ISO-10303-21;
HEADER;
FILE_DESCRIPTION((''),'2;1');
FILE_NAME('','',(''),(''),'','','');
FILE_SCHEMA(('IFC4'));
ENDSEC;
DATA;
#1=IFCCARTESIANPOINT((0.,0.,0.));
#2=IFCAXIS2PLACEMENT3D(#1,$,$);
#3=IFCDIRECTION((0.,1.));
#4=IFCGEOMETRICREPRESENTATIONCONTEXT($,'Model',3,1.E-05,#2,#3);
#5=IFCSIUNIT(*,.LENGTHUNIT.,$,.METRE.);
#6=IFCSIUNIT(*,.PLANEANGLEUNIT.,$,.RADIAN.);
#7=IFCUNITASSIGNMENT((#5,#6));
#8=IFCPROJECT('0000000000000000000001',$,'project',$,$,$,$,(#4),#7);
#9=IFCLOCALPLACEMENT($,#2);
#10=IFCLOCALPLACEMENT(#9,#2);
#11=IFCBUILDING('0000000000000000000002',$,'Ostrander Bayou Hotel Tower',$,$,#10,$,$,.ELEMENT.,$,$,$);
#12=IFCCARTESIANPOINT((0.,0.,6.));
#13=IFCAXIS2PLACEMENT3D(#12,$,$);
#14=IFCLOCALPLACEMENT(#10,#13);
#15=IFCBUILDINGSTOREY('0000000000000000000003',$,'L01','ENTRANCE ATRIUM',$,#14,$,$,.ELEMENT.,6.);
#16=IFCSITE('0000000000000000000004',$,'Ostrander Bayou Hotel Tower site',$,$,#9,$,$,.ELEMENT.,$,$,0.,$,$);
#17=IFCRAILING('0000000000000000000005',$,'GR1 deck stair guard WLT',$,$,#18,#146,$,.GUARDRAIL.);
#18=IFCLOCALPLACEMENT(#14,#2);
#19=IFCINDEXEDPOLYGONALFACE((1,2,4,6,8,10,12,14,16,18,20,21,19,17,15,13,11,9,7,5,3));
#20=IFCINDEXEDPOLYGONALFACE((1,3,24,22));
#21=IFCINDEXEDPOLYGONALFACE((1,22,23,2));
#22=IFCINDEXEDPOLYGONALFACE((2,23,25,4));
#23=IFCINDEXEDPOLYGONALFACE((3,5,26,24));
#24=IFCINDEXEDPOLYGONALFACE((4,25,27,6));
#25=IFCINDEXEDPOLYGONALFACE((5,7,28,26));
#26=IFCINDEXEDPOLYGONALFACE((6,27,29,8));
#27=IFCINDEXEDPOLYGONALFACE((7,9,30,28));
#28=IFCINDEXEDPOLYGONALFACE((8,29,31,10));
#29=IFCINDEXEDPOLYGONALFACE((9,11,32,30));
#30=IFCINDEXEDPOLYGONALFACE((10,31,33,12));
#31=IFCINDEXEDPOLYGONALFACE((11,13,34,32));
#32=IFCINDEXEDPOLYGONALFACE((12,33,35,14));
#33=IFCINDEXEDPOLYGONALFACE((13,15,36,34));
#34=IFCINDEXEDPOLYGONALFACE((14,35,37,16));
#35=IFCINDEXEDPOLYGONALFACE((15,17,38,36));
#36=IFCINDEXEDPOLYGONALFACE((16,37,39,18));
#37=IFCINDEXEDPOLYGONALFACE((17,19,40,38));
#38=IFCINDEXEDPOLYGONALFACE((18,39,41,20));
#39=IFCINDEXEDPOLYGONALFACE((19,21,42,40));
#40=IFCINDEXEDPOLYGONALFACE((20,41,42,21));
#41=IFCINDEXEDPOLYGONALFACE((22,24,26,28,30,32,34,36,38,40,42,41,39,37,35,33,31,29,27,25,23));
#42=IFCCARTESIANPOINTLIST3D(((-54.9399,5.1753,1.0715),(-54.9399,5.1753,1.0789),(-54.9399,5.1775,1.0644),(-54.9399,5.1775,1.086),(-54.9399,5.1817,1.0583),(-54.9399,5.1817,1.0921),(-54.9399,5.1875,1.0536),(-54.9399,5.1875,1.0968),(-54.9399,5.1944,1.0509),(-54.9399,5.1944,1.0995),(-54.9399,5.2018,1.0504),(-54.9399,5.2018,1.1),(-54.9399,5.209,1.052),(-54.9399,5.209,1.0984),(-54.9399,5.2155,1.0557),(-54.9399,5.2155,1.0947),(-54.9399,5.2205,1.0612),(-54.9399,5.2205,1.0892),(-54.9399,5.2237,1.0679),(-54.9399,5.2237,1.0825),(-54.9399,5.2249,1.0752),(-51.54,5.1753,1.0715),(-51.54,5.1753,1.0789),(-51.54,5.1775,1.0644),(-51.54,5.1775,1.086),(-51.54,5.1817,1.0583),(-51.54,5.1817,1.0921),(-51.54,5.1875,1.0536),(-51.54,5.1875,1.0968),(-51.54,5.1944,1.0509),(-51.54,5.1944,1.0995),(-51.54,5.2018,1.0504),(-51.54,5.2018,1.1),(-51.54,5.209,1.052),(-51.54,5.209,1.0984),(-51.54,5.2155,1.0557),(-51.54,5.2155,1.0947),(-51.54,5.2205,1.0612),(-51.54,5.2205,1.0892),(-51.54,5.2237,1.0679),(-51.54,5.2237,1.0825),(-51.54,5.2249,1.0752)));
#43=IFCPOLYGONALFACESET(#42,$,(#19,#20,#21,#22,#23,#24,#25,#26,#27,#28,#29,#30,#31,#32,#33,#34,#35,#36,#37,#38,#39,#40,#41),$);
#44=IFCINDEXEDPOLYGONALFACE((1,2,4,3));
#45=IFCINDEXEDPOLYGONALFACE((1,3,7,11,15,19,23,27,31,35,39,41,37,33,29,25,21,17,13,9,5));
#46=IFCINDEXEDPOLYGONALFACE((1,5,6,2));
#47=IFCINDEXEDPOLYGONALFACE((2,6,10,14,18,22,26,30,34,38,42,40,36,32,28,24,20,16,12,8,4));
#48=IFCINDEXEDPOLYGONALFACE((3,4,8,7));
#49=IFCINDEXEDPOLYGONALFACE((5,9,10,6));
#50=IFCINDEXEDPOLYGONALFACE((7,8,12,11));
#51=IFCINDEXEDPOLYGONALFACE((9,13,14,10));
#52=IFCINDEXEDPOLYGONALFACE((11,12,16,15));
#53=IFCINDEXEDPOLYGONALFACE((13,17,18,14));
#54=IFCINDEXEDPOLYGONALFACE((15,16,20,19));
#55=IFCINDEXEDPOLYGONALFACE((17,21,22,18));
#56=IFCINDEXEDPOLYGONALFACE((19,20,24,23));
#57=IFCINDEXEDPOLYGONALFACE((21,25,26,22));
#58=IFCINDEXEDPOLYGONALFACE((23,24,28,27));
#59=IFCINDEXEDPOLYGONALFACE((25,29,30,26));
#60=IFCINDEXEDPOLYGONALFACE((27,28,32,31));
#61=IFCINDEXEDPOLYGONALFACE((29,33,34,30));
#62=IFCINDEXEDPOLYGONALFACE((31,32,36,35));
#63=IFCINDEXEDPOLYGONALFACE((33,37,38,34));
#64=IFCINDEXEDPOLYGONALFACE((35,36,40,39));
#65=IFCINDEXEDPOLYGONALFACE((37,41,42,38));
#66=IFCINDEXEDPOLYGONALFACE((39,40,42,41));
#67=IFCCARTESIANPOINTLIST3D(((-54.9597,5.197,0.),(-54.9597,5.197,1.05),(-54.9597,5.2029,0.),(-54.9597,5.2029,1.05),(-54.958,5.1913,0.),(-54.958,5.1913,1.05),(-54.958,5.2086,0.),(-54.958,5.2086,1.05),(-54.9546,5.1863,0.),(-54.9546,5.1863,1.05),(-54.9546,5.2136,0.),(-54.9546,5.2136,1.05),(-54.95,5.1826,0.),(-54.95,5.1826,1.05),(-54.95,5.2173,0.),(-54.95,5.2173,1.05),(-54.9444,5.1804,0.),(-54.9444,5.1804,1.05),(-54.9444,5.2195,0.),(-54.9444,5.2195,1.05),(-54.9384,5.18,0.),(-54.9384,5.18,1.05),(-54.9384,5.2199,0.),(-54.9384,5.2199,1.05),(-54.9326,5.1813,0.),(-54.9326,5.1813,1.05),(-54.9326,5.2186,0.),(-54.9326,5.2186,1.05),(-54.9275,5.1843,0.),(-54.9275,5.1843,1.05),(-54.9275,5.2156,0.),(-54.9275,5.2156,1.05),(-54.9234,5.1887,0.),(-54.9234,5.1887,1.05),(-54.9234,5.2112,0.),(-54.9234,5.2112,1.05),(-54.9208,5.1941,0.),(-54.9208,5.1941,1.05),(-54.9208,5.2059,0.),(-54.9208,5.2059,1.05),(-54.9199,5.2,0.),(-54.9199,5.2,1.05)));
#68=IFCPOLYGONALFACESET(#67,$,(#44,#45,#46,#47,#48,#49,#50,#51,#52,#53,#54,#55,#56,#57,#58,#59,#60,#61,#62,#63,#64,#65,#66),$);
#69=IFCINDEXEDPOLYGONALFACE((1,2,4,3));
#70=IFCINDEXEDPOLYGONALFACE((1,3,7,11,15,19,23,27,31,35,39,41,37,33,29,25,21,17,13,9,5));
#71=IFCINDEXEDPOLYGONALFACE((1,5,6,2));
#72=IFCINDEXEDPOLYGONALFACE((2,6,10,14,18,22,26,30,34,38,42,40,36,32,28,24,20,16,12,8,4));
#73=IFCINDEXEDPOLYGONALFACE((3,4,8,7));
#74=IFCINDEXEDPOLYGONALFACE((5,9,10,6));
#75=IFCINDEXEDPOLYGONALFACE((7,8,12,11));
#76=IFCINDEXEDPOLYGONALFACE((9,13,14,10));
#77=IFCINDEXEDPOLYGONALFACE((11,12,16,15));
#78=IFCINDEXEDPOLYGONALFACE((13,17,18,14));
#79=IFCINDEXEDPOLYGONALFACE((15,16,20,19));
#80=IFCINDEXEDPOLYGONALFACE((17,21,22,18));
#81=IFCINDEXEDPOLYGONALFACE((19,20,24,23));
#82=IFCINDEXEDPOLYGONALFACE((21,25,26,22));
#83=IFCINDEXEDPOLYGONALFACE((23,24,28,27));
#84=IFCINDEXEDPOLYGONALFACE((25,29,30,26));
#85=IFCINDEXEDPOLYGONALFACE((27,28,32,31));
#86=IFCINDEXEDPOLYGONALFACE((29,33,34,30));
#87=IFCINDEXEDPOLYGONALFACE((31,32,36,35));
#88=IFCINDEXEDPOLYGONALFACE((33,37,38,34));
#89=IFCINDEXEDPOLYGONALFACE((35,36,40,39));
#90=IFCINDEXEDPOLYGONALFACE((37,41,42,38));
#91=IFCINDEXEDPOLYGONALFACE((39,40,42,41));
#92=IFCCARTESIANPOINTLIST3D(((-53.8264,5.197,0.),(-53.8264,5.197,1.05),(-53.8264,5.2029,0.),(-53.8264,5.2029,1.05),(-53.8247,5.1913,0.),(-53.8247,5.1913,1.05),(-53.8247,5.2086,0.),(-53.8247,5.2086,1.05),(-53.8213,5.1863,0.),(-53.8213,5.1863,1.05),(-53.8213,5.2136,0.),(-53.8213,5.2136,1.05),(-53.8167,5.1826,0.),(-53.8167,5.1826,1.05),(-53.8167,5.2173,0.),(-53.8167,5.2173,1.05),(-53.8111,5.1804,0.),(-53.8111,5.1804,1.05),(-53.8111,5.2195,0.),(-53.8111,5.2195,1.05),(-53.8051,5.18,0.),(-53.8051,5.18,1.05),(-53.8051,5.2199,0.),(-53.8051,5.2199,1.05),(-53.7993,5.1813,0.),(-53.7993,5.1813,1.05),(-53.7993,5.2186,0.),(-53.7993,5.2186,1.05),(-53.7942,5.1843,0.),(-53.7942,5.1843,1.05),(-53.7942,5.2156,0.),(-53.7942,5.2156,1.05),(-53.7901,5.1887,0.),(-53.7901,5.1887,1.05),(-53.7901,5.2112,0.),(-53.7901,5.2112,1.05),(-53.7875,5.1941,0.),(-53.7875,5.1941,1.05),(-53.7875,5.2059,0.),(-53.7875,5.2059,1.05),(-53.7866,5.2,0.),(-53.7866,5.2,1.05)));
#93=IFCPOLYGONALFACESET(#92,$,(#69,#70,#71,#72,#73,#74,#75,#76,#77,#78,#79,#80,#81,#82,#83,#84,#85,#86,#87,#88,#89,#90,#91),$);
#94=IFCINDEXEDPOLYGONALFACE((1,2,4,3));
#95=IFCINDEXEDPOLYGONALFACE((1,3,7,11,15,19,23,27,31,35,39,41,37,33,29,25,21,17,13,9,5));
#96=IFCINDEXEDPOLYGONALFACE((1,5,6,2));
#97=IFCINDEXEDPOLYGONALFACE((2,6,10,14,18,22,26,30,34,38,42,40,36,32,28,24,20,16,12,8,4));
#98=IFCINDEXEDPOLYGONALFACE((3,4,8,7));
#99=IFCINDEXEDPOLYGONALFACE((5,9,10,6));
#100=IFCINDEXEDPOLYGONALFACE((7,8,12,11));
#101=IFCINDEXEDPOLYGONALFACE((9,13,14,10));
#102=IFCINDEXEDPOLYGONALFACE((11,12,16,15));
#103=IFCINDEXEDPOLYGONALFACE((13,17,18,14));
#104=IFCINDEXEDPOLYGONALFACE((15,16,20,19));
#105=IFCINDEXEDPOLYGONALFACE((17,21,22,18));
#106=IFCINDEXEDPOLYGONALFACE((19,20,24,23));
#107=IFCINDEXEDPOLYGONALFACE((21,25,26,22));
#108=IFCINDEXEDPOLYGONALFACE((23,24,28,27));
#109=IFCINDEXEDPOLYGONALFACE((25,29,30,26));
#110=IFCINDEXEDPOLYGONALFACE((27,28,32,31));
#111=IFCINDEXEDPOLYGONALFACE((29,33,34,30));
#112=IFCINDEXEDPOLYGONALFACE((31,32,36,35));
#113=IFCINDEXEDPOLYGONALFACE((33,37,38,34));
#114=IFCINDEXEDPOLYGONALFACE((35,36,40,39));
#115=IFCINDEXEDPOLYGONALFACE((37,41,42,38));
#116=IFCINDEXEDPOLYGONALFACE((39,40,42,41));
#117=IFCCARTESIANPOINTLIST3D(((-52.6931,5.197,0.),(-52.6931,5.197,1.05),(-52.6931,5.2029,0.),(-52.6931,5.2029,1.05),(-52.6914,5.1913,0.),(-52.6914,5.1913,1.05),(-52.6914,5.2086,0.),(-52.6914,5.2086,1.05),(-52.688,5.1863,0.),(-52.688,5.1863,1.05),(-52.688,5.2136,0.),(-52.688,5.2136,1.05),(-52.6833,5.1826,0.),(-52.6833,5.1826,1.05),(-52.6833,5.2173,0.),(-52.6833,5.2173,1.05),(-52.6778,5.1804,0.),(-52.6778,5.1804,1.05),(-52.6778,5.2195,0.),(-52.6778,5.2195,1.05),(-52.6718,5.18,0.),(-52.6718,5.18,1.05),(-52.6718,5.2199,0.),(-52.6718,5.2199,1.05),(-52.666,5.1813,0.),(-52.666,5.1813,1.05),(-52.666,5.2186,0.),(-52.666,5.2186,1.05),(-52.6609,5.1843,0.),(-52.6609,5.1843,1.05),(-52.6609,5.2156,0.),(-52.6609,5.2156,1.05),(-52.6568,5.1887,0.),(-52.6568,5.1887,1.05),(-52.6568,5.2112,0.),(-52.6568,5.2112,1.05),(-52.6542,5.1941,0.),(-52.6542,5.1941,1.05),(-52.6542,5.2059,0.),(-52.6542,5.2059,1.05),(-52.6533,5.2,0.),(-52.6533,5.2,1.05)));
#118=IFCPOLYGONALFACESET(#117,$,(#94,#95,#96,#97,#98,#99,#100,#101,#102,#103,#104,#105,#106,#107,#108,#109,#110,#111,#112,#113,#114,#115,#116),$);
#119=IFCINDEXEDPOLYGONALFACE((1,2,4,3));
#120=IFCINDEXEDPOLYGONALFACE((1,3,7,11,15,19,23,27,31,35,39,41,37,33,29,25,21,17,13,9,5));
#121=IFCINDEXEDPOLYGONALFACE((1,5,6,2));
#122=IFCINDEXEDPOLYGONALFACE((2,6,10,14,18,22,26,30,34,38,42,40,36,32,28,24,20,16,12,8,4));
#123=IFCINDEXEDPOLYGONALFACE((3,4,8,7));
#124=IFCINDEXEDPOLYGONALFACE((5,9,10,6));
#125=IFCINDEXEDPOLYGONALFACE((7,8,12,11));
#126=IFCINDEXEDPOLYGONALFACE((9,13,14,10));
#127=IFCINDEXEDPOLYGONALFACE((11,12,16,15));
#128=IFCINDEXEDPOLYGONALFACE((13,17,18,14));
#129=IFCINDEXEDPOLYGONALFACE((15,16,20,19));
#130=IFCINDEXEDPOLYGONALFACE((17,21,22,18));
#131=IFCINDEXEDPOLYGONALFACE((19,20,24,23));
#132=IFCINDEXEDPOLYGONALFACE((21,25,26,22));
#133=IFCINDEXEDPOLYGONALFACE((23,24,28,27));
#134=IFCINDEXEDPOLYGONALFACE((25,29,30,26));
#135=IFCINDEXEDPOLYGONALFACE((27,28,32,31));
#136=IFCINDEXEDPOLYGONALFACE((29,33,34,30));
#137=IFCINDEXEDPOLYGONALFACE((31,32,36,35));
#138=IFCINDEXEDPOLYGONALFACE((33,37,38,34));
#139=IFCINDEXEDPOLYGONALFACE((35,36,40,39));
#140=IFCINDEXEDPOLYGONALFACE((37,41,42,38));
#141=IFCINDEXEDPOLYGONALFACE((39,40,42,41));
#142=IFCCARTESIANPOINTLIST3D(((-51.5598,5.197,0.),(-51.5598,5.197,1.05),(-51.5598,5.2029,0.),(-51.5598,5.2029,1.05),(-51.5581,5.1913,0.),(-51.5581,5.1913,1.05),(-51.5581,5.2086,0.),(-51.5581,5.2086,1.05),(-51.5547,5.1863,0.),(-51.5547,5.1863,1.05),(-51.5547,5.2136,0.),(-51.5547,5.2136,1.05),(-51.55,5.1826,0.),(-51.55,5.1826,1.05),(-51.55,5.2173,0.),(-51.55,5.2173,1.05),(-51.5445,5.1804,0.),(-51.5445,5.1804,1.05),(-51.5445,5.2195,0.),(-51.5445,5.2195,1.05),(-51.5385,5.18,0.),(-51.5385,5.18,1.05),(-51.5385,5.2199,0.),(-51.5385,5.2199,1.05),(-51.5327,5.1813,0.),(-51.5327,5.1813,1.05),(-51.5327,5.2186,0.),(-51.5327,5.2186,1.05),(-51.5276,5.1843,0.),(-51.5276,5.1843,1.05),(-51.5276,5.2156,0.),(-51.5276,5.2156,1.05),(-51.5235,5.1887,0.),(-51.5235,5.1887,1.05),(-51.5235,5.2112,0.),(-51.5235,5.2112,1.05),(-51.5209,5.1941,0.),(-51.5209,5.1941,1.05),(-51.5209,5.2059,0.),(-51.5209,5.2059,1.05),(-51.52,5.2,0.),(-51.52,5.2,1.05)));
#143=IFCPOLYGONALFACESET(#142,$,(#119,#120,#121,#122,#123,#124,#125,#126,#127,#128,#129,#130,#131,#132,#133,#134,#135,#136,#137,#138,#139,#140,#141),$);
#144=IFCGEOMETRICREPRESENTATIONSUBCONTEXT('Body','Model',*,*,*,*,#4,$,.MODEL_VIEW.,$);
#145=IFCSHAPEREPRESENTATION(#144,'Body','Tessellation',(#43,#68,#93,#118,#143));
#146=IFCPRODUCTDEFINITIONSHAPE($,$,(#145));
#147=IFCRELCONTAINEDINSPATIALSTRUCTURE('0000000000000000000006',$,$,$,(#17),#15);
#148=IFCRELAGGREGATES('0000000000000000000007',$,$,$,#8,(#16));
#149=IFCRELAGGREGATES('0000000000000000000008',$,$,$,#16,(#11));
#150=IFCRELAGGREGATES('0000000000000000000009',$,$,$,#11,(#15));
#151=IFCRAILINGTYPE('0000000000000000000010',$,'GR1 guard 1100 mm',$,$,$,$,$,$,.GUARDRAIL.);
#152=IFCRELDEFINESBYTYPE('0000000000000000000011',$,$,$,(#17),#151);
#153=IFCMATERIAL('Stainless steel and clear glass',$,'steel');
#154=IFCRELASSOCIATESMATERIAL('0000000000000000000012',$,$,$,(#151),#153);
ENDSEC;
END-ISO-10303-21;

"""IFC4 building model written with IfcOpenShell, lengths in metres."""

from ifc_helpers import new_model, si_unit, direction, frame, origin, origin_2d, place, context, subcontext, project, spatial, circle, extrude, material, type_object, element, save


model = new_model("IFC4")

# Units and contexts
model_context = context("Model", 3, precision=1e-05, world=origin(), true_north=direction((0.0, 1.0)))
body_context = subcontext(model_context, "Body", "Model", "MODEL_VIEW")
ifc_project = project(units=[si_unit("LENGTHUNIT", "METRE"), si_unit("PLANEANGLEUNIT", "RADIAN")], contexts=[model_context])

# Site, building, storey
site_placement = place(None, origin())
site = spatial("IfcSite", under=ifc_project, at=site_placement, Name="Ostrander Bayou Hotel Tower site", CompositionType="ELEMENT", RefElevation=0.0)
building_placement = place(site_placement, origin())
building = spatial("IfcBuilding", under=site, at=building_placement, Name="Ostrander Bayou Hotel Tower", CompositionType="ELEMENT")
storey_placement = place(building_placement, frame((0.0, 0.0, 6.0)))
storey = spatial("IfcBuildingStorey", under=building, at=storey_placement, Name="L01", Description="ENTRANCE ATRIUM", CompositionType="ELEMENT", Elevation=6.0)

# Railing
ifc_material_1 = material(Name="Stainless steel and clear glass", Category="steel")
railing_type = type_object("IfcRailingType", Name="GR1 guard 1100 mm", PredefinedType="GUARDRAIL", material=ifc_material_1)
railing_1_placement = place(storey_placement, frame((-54.9399, 5.2, 0.0)))
element("IfcRailing", 1, at=railing_1_placement, inside=storey, type_object=railing_type, Name="GR1 deck stair guard WLT", PredefinedType="GUARDRAIL", context=body_context, shape_type="SweptSolid", body=[
    extrude(circle(Radius=0.0249, at=origin_2d()), frame((0.0, 0.0, 1.0752), z_axis=(1.0, 0.0, 0.0), x_axis=(0.0, 1.0, 0.0)), (0.0, 0.0, 1.0), 3.3999),
    extrude(circle(Radius=0.02, at=origin_2d()), origin(), (0.0, 0.0, 1.0), 1.05),
    extrude(circle(Radius=0.02, at=origin_2d()), frame((1.1333, 0.0, 0.0)), (0.0, 0.0, 1.0), 1.05),
    extrude(circle(Radius=0.02, at=origin_2d()), frame((2.2666, 0.0, 0.0)), (0.0, 0.0, 1.0), 1.05),
    extrude(circle(Radius=0.02, at=origin_2d()), frame((3.3999, 0.0, 0.0)), (0.0, 0.0, 1.0), 1.05),
])

save(model, "model.ifc")
